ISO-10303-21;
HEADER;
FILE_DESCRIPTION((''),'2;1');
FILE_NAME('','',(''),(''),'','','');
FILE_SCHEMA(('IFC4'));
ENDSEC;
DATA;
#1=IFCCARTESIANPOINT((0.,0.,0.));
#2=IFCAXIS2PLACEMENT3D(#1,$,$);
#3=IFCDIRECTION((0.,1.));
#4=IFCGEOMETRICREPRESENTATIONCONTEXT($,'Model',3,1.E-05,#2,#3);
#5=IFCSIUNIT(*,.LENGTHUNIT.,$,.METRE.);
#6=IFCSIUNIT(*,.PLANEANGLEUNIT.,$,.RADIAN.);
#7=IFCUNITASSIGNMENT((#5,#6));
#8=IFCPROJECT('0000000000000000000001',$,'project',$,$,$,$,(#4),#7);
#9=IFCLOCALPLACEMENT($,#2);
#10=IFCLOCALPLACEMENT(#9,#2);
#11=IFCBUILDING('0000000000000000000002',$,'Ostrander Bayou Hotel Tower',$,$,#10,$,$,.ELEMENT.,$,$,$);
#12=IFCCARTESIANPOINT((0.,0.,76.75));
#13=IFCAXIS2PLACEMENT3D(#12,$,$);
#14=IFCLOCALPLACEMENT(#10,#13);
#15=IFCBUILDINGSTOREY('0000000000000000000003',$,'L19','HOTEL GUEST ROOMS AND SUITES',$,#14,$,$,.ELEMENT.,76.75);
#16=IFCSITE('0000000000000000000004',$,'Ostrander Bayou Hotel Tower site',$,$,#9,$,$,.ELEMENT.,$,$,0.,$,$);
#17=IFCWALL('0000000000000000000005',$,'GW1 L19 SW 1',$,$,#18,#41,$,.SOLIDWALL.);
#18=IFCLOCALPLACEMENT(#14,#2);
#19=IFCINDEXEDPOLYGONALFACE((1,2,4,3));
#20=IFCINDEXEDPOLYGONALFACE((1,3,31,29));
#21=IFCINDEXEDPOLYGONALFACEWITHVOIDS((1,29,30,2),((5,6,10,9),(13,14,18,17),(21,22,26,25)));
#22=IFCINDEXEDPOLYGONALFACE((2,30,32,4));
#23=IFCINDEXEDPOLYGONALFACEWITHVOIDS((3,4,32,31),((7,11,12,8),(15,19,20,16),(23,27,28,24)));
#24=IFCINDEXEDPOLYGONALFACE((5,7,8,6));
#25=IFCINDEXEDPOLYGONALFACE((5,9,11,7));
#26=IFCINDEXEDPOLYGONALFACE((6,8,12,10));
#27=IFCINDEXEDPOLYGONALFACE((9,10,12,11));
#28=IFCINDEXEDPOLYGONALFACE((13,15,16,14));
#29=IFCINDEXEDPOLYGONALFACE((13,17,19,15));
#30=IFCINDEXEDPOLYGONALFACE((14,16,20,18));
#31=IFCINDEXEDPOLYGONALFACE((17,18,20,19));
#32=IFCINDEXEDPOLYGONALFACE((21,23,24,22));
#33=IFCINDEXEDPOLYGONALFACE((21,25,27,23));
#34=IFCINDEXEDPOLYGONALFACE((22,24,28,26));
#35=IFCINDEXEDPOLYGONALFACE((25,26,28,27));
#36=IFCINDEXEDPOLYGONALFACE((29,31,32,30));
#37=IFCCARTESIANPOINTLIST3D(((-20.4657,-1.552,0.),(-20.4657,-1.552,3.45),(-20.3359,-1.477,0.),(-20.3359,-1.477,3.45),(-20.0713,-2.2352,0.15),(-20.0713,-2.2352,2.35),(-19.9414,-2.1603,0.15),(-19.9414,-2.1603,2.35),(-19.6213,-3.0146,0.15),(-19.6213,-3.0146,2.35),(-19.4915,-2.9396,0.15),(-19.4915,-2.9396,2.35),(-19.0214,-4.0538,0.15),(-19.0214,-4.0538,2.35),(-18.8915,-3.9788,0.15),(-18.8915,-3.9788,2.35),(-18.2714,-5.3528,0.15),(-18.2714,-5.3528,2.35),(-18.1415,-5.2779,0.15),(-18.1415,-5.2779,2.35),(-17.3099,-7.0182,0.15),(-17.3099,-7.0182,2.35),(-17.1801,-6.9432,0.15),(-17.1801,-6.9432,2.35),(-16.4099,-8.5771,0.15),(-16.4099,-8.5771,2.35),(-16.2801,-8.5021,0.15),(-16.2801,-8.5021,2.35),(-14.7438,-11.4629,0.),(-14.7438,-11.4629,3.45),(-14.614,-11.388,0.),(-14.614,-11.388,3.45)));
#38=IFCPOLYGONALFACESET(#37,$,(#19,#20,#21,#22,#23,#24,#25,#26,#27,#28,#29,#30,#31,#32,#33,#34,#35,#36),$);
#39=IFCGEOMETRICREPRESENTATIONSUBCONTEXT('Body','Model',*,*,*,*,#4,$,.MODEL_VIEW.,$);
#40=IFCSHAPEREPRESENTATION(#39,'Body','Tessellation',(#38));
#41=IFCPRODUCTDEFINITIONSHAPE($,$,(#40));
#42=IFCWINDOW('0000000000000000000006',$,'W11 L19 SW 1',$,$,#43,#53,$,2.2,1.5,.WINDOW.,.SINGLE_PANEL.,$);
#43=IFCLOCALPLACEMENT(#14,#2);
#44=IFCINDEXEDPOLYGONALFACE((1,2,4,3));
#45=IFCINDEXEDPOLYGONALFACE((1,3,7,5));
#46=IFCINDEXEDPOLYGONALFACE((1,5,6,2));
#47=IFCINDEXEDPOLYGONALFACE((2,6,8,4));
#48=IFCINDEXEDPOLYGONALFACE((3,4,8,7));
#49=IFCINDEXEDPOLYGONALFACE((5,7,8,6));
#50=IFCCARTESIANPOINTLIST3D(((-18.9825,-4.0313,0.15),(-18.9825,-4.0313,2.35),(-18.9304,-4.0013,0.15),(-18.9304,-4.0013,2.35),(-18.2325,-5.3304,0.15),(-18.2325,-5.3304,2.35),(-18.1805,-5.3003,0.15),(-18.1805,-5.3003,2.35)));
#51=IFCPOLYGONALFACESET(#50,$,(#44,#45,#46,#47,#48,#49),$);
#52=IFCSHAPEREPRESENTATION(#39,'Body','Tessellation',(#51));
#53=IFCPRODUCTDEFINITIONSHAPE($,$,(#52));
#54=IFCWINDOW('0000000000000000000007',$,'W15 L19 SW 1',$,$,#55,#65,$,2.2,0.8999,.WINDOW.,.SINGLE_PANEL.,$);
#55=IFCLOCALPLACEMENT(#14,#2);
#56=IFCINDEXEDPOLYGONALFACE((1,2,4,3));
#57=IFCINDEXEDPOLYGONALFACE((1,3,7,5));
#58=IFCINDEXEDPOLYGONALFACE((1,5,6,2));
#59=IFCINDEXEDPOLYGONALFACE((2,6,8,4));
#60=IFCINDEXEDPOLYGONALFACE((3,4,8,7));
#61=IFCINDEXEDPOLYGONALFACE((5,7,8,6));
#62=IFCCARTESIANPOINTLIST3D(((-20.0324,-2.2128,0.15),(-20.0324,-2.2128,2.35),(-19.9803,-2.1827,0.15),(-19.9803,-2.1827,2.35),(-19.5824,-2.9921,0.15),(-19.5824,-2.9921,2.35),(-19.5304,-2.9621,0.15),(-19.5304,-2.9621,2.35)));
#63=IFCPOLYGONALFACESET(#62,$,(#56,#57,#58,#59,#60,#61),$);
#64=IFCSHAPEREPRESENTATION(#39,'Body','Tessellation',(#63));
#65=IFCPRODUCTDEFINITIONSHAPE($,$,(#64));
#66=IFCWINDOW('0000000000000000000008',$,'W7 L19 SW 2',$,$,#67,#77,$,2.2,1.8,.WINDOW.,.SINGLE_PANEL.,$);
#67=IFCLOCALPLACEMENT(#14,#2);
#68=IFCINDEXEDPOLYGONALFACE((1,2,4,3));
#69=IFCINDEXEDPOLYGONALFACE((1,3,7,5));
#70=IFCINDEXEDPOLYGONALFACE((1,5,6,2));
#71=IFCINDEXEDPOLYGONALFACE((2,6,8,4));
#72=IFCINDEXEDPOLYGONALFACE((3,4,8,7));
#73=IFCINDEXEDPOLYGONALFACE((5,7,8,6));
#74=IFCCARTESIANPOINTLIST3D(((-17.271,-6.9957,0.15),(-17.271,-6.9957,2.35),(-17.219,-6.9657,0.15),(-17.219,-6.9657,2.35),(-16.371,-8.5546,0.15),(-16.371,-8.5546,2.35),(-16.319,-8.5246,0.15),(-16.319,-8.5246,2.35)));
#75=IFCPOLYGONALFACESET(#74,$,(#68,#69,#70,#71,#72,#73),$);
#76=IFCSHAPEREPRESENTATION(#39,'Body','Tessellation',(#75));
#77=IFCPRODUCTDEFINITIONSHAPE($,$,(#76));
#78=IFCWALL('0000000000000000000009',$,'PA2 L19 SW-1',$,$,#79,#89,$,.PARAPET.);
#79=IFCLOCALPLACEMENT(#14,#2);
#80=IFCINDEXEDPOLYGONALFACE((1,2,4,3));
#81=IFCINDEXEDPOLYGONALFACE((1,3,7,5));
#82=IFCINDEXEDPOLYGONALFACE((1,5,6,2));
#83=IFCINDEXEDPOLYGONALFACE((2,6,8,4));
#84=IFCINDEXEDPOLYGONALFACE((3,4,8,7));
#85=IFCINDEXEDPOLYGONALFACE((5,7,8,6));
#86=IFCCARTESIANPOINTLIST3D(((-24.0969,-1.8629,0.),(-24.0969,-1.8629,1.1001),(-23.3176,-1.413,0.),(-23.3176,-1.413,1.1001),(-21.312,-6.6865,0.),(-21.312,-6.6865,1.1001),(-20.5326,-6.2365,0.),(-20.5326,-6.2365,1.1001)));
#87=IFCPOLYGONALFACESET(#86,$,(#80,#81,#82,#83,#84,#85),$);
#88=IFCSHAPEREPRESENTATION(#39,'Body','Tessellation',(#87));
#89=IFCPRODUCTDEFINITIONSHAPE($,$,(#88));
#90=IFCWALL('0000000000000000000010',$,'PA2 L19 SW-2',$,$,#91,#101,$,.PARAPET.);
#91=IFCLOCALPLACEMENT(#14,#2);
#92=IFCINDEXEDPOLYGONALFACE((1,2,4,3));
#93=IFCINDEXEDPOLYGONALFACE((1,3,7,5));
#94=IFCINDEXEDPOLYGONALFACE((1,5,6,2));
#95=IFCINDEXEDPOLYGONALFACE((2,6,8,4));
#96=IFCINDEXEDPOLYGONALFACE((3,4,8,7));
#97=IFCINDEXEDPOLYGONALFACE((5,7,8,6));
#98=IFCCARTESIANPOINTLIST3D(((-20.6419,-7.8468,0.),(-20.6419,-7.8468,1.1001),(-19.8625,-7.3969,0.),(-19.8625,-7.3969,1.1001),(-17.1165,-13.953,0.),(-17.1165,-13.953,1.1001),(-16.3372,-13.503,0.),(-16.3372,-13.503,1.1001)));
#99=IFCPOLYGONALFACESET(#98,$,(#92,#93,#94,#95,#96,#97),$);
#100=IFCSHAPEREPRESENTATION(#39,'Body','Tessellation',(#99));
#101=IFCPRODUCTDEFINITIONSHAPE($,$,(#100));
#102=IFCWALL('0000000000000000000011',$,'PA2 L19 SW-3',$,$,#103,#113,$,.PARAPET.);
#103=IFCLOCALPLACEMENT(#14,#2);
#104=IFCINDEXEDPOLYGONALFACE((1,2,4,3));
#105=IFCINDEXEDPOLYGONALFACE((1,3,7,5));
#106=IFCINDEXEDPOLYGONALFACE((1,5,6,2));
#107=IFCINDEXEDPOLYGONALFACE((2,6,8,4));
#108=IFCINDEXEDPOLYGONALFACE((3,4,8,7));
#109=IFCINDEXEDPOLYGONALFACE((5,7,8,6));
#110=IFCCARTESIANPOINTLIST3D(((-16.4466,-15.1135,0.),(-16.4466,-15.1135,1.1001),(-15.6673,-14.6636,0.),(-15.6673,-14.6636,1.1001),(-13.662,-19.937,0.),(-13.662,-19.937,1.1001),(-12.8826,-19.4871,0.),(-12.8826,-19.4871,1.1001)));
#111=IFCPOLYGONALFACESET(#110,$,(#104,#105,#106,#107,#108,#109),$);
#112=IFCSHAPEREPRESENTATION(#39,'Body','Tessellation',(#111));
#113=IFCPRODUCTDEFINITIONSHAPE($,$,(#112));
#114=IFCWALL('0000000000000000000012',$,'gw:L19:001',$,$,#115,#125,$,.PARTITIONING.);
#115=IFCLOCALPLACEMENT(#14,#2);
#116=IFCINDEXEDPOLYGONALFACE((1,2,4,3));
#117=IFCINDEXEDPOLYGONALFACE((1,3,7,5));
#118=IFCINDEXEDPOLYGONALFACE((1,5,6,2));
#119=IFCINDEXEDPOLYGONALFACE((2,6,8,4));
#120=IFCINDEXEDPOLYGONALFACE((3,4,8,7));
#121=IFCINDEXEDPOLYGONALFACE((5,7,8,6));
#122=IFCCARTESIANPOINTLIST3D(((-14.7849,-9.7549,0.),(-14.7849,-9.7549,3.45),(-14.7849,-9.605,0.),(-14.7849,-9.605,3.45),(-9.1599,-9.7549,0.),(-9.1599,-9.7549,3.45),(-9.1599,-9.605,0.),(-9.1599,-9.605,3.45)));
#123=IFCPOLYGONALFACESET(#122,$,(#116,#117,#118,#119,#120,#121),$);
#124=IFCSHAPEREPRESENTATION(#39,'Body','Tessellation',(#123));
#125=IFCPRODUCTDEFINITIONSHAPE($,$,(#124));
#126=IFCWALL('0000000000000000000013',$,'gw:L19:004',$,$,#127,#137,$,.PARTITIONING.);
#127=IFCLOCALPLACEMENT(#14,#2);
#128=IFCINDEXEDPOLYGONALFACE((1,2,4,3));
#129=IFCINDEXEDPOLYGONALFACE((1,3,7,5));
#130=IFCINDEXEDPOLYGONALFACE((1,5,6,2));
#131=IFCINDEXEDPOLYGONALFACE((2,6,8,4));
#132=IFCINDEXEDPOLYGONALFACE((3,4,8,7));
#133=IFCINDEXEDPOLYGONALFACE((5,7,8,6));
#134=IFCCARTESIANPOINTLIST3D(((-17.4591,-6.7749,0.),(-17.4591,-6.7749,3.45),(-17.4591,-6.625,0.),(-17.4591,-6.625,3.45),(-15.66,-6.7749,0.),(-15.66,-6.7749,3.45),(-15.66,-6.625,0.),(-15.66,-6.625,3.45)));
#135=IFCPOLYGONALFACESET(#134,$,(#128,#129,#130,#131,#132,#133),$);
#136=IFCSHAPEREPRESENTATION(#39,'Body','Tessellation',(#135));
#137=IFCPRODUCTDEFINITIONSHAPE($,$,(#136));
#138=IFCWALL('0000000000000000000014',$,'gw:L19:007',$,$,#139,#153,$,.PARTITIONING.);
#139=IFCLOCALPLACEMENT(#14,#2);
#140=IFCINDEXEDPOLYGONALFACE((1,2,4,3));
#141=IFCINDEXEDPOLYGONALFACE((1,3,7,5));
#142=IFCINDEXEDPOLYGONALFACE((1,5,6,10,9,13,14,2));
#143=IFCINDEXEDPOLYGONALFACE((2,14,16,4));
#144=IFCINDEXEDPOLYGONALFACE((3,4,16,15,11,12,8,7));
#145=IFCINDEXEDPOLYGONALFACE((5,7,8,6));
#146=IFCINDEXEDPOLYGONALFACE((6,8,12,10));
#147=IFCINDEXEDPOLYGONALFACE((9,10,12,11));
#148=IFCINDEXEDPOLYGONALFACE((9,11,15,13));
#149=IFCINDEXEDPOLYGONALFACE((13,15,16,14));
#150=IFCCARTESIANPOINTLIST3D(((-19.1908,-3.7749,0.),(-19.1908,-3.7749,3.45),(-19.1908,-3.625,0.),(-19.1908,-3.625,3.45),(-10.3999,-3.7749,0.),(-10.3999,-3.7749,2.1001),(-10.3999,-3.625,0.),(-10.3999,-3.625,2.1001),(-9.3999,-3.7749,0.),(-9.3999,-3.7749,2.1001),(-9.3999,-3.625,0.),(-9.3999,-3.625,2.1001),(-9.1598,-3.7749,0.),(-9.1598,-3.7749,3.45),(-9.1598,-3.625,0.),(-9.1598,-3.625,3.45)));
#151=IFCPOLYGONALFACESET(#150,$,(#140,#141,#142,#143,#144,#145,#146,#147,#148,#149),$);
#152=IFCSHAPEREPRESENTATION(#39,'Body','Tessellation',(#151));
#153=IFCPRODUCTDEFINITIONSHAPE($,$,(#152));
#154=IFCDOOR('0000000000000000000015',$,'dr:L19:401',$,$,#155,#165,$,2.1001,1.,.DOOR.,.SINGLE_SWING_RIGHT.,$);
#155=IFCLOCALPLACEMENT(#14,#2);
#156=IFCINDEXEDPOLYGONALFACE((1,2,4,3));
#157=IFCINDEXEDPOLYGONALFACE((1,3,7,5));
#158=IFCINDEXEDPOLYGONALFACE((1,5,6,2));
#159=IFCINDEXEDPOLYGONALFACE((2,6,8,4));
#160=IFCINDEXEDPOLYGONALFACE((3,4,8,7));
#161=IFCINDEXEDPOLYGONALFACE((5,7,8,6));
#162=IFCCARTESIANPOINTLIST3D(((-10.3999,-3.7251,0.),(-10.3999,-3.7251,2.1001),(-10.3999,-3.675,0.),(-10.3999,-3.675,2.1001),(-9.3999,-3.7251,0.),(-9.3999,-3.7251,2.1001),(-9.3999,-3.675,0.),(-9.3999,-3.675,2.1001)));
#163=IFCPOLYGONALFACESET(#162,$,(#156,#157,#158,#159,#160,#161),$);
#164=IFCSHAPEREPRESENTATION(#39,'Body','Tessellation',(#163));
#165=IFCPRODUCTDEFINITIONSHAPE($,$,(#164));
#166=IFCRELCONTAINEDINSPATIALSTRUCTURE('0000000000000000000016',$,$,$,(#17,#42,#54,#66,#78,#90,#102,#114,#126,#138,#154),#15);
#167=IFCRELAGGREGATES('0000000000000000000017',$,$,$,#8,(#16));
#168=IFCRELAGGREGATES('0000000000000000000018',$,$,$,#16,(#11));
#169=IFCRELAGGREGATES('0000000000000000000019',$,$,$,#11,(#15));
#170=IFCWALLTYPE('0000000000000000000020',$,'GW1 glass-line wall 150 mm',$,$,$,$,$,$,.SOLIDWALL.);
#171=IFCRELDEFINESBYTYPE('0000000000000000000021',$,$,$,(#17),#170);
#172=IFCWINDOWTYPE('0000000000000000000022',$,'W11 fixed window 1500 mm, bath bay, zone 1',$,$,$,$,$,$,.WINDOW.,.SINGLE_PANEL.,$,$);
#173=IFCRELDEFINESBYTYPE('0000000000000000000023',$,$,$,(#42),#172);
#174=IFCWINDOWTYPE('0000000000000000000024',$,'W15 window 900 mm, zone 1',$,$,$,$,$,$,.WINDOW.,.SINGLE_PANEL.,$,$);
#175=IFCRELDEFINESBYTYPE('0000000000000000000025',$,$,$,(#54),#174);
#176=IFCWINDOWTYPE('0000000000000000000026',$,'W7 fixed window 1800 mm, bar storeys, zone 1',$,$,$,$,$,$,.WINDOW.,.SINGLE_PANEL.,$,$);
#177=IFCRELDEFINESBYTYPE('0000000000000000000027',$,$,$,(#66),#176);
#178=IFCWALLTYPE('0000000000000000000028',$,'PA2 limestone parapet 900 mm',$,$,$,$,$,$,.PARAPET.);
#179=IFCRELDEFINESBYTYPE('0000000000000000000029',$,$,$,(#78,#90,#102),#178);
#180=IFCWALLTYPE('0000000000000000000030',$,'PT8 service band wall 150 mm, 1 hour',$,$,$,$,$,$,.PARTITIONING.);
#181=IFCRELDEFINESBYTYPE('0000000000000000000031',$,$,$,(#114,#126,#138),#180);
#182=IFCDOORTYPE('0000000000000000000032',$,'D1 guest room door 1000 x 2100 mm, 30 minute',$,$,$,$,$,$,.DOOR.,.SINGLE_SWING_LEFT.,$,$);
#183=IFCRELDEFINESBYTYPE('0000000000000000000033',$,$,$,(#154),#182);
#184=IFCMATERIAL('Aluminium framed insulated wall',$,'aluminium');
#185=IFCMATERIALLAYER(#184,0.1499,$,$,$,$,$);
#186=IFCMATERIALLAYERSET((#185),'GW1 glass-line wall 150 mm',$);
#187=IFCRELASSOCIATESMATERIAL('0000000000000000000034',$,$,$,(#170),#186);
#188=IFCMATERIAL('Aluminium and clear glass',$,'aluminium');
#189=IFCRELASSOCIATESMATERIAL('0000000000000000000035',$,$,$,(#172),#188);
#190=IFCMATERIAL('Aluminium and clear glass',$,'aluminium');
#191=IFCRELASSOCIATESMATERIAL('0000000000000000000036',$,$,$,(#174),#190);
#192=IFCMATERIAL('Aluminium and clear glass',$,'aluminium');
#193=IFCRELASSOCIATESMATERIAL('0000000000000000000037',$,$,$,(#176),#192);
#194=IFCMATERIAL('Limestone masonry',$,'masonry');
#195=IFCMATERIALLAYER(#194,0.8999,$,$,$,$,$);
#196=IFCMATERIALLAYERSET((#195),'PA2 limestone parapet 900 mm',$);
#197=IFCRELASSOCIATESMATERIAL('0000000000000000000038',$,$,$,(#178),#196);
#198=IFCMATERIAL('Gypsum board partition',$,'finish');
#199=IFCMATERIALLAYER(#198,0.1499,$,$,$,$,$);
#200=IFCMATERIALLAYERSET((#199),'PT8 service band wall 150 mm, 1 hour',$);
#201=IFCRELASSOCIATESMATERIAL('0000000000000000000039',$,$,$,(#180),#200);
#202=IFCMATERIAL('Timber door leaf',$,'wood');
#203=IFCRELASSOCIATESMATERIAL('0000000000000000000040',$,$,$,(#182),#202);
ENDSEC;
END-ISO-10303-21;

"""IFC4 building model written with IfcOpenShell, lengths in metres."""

from ifc_helpers import new_model, si_unit, direction, frame, frame_2d, origin, place, context, subcontext, project, spatial, rectangle, extrude, material, layer, layer_set, type_object, element, fill, save


model = new_model("IFC4")

# Units and contexts
model_context = context("Model", 3, precision=1e-05, world=origin(), true_north=direction((0.0, 1.0)))
body_context = subcontext(model_context, "Body", "Model", "MODEL_VIEW")
ifc_project = project(units=[si_unit("LENGTHUNIT", "METRE"), si_unit("PLANEANGLEUNIT", "RADIAN")], contexts=[model_context])

# Site, building, storey
site_placement = place(None, origin())
site = spatial("IfcSite", under=ifc_project, at=site_placement, Name="Ostrander Bayou Hotel Tower site", CompositionType="ELEMENT", RefElevation=0.0)
building_placement = place(site_placement, origin())
building = spatial("IfcBuilding", under=site, at=building_placement, Name="Ostrander Bayou Hotel Tower", CompositionType="ELEMENT")
storey_placement = place(building_placement, frame((0.0, 0.0, 76.75)))
storey = spatial("IfcBuildingStorey", under=building, at=storey_placement, Name="L19", Description="HOTEL GUEST ROOMS AND SUITES", CompositionType="ELEMENT", Elevation=76.75)

# Wall, openings, windows
ifc_material_1 = material(Name="Aluminium framed insulated wall", Category="aluminium")
ifc_layer_1 = layer(ifc_material_1, 0.1499)
ifc_layer_set_1 = layer_set([ifc_layer_1], Name="GW1 glass-line wall 150 mm")
wall_type_1 = type_object("IfcWallType", Name="GW1 glass-line wall 150 mm", PredefinedType="SOLIDWALL", material=ifc_layer_set_1)
wall_1_placement = place(storey_placement, frame((-20.4009, -1.5144, 0.0), z_axis=(0.0, 0.0, 1.0), x_axis=(0.499991, -0.86603, 0.0)))
wall_1 = element("IfcWall", 1, at=wall_1_placement, inside=storey, type_object=wall_type_1, Name="GW1 L19 SW 1", PredefinedType="SOLIDWALL", context=body_context, shape_type="SweptSolid", body=[
    extrude(rectangle(XDim=11.4441, YDim=0.1499, at=frame_2d((5.7222, 0.0))), origin(), (0.0, 0.0, 1.0), 3.45),
])
opening_1_placement = place(wall_1_placement, frame((0.7891, 0.0, 0.1499)))
opening_1 = element("IfcOpeningElement", 2, at=opening_1_placement, cuts=wall_1, PredefinedType="OPENING", context=body_context, shape_type="SweptSolid", body=[
    extrude(rectangle(XDim=0.8999, YDim=2.2, at=frame_2d((0.45, 1.1001))), frame((0.0, 0.075, 0.0), z_axis=(0.0, -1.0, 0.0), x_axis=(1.0, 0.0, 0.0)), (0.0, 0.0, 1.0), 0.1499),
])
opening_2_placement = place(wall_1_placement, frame((2.8889, 0.0, 0.1499)))
opening_2 = element("IfcOpeningElement", 3, at=opening_2_placement, cuts=wall_1, PredefinedType="OPENING", context=body_context, shape_type="SweptSolid", body=[
    extrude(rectangle(XDim=1.5, YDim=2.2, at=frame_2d((0.75, 1.1001))), frame((0.0, 0.075, 0.0), z_axis=(0.0, -1.0, 0.0), x_axis=(1.0, 0.0, 0.0)), (0.0, 0.0, 1.0), 0.1499),
])
opening_3_placement = place(wall_1_placement, frame((6.312, 0.0, 0.1499)))
opening_3 = element("IfcOpeningElement", 4, at=opening_3_placement, cuts=wall_1, PredefinedType="OPENING", context=body_context, shape_type="SweptSolid", body=[
    extrude(rectangle(XDim=1.8, YDim=2.2, at=frame_2d((0.8999, 1.1001))), frame((0.0, 0.075, 0.0), z_axis=(0.0, -1.0, 0.0), x_axis=(1.0, 0.0, 0.0)), (0.0, 0.0, 1.0), 0.1499),
])
ifc_material_2 = material(Name="Aluminium and clear glass", Category="aluminium")
window_type_1 = type_object("IfcWindowType", Name="W11 fixed window 1500 mm, bath bay, zone 1", PartitioningType="SINGLE_PANEL", PredefinedType="WINDOW", material=ifc_material_2)
window_1_placement = place(opening_2_placement, origin())
window_1 = element("IfcWindow", 5, at=window_1_placement, inside=storey, type_object=window_type_1, Name="W11 L19 SW 1", OverallHeight=2.2, OverallWidth=1.5, PartitioningType="SINGLE_PANEL", PredefinedType="WINDOW", context=body_context, shape_type="SweptSolid", body=[
    extrude(rectangle(XDim=1.5, YDim=2.2, at=frame_2d((0.75, 1.1001))), frame((0.0, 0.03, 0.0), z_axis=(0.0, -1.0, 0.0), x_axis=(1.0, 0.0, 0.0)), (0.0, 0.0, 1.0), 0.0601),
])
fill(opening_2, window_1)
ifc_material_3 = material(Name="Aluminium and clear glass", Category="aluminium")
window_type_2 = type_object("IfcWindowType", Name="W15 window 900 mm, zone 1", PartitioningType="SINGLE_PANEL", PredefinedType="WINDOW", material=ifc_material_3)
window_2_placement = place(opening_1_placement, origin())
window_2 = element("IfcWindow", 6, at=window_2_placement, inside=storey, type_object=window_type_2, Name="W15 L19 SW 1", OverallHeight=2.2, OverallWidth=0.8999, PartitioningType="SINGLE_PANEL", PredefinedType="WINDOW", context=body_context, shape_type="SweptSolid", body=[
    extrude(rectangle(XDim=0.8999, YDim=2.2, at=frame_2d((0.45, 1.1001))), frame((0.0, 0.03, 0.0), z_axis=(0.0, -1.0, 0.0), x_axis=(1.0, 0.0, 0.0)), (0.0, 0.0, 1.0), 0.0601),
])
fill(opening_1, window_2)
ifc_material_4 = material(Name="Aluminium and clear glass", Category="aluminium")
window_type_3 = type_object("IfcWindowType", Name="W7 fixed window 1800 mm, bar storeys, zone 1", PartitioningType="SINGLE_PANEL", PredefinedType="WINDOW", material=ifc_material_4)
window_3_placement = place(opening_3_placement, origin())
window_3 = element("IfcWindow", 7, at=window_3_placement, inside=storey, type_object=window_type_3, Name="W7 L19 SW 2", OverallHeight=2.2, OverallWidth=1.8, PartitioningType="SINGLE_PANEL", PredefinedType="WINDOW", context=body_context, shape_type="SweptSolid", body=[
    extrude(rectangle(XDim=1.8, YDim=2.2, at=frame_2d((0.8999, 1.1001))), frame((0.0, 0.03, 0.0), z_axis=(0.0, -1.0, 0.0), x_axis=(1.0, 0.0, 0.0)), (0.0, 0.0, 1.0), 0.0601),
])
fill(opening_3, window_3)

# Walls
ifc_material_5 = material(Name="Limestone masonry", Category="masonry")
ifc_layer_2 = layer(ifc_material_5, 0.8999)
ifc_layer_set_2 = layer_set([ifc_layer_2], Name="PA2 limestone parapet 900 mm")
wall_type_2 = type_object("IfcWallType", Name="PA2 limestone parapet 900 mm", PredefinedType="PARAPET", material=ifc_layer_set_2)
wall_2_placement = place(storey_placement, frame((-23.7073, -1.6379, 0.0), z_axis=(0.0, 0.0, 1.0), x_axis=(0.50001, -0.86602, 0.0)))
element("IfcWall", 8, at=wall_2_placement, inside=storey, type_object=wall_type_2, Name="PA2 L19 SW-1", PredefinedType="PARAPET", context=body_context, shape_type="SweptSolid", body=[
    extrude(rectangle(XDim=5.5698, YDim=0.8999, at=frame_2d((2.7849, 0.0))), origin(), (0.0, 0.0, 1.0), 1.1001),
])
wall_3_placement = place(storey_placement, frame((-20.2522, -7.6218, 0.0), z_axis=(0.0, 0.0, 1.0), x_axis=(0.499997, -0.866027, 0.0)))
element("IfcWall", 9, at=wall_3_placement, inside=storey, type_object=wall_type_2, Name="PA2 L19 SW-2", PredefinedType="PARAPET", context=body_context, shape_type="SweptSolid", body=[
    extrude(rectangle(XDim=7.0508, YDim=0.8999, at=frame_2d((3.5254, 0.0))), origin(), (0.0, 0.0, 1.0), 1.1001),
])
wall_4_placement = place(storey_placement, frame((-16.0569, -14.8887, 0.0), z_axis=(0.0, 0.0, 1.0), x_axis=(0.499977, -0.866039, 0.0)))
element("IfcWall", 10, at=wall_4_placement, inside=storey, type_object=wall_type_2, Name="PA2 L19 SW-3", PredefinedType="PARAPET", context=body_context, shape_type="SweptSolid", body=[
    extrude(rectangle(XDim=5.5696, YDim=0.8999, at=frame_2d((2.7847, 0.0))), origin(), (0.0, 0.0, 1.0), 1.1001),
])
ifc_material_6 = material(Name="Gypsum board partition", Category="finish")
ifc_layer_3 = layer(ifc_material_6, 0.1499)
ifc_layer_set_3 = layer_set([ifc_layer_3], Name="PT8 service band wall 150 mm, 1 hour")
wall_type_3 = type_object("IfcWallType", Name="PT8 service band wall 150 mm, 1 hour", PredefinedType="PARTITIONING", material=ifc_layer_set_3)
wall_5_placement = place(storey_placement, frame((-14.7849, -9.6799, 0.0), z_axis=(0.0, 0.0, 1.0), x_axis=(1.0, 0.0, 0.0)))
element("IfcWall", 11, at=wall_5_placement, inside=storey, type_object=wall_type_3, Name="gw:L19:001", PredefinedType="PARTITIONING", context=body_context, shape_type="SweptSolid", body=[
    extrude(rectangle(XDim=5.625, YDim=0.1499, at=frame_2d((2.8125, 0.0))), origin(), (0.0, 0.0, 1.0), 3.45),
])
wall_6_placement = place(storey_placement, frame((-17.459, -6.7, 0.0), z_axis=(0.0, 0.0, 1.0), x_axis=(1.0, 0.0, 0.0)))
element("IfcWall", 12, at=wall_6_placement, inside=storey, type_object=wall_type_3, Name="gw:L19:004", PredefinedType="PARTITIONING", context=body_context, shape_type="SweptSolid", body=[
    extrude(rectangle(XDim=1.7991, YDim=0.1499, at=frame_2d((0.8994, 0.0))), origin(), (0.0, 0.0, 1.0), 3.45),
])

# Wall, opening, door
wall_7_placement = place(storey_placement, frame((-19.1909, -3.7, 0.0), z_axis=(0.0, 0.0, 1.0), x_axis=(1.0, 0.0, 0.0)))
wall_7 = element("IfcWall", 13, at=wall_7_placement, inside=storey, type_object=wall_type_3, Name="gw:L19:007", PredefinedType="PARTITIONING", context=body_context, shape_type="SweptSolid", body=[
    extrude(rectangle(XDim=10.031, YDim=0.1499, at=frame_2d((5.0156, 0.0))), origin(), (0.0, 0.0, 1.0), 3.45),
])
opening_4_placement = place(wall_7_placement, frame((8.791, 0.0, 0.0)))
opening_4 = element("IfcOpeningElement", 14, at=opening_4_placement, cuts=wall_7, PredefinedType="OPENING", context=body_context, shape_type="SweptSolid", body=[
    extrude(rectangle(XDim=1.0, YDim=2.1001, at=frame_2d((0.5, 1.05))), frame((0.0, 0.075, 0.0), z_axis=(0.0, -1.0, 0.0), x_axis=(1.0, 0.0, 0.0)), (0.0, 0.0, 1.0), 0.1499),
])
ifc_material_7 = material(Name="Timber door leaf", Category="wood")
door_type_1 = type_object("IfcDoorType", Name="D1 guest room door 1000 x 2100 mm, 30 minute", OperationType="SINGLE_SWING_LEFT", PredefinedType="DOOR", material=ifc_material_7)
door_1_placement = place(opening_4_placement, origin())
door_1 = element("IfcDoor", 15, at=door_1_placement, inside=storey, type_object=door_type_1, Name="dr:L19:401", OperationType="SINGLE_SWING_RIGHT", OverallHeight=2.1001, OverallWidth=1.0, PredefinedType="DOOR", context=body_context, shape_type="SweptSolid", body=[
    extrude(rectangle(XDim=1.0, YDim=2.1001, at=frame_2d((0.5, 1.05))), frame((0.0, 0.0249, 0.0), z_axis=(0.0, -1.0, 0.0), x_axis=(1.0, 0.0, 0.0)), (0.0, 0.0, 1.0), 0.05),
])
fill(opening_4, door_1)

save(model, "model.ifc")
